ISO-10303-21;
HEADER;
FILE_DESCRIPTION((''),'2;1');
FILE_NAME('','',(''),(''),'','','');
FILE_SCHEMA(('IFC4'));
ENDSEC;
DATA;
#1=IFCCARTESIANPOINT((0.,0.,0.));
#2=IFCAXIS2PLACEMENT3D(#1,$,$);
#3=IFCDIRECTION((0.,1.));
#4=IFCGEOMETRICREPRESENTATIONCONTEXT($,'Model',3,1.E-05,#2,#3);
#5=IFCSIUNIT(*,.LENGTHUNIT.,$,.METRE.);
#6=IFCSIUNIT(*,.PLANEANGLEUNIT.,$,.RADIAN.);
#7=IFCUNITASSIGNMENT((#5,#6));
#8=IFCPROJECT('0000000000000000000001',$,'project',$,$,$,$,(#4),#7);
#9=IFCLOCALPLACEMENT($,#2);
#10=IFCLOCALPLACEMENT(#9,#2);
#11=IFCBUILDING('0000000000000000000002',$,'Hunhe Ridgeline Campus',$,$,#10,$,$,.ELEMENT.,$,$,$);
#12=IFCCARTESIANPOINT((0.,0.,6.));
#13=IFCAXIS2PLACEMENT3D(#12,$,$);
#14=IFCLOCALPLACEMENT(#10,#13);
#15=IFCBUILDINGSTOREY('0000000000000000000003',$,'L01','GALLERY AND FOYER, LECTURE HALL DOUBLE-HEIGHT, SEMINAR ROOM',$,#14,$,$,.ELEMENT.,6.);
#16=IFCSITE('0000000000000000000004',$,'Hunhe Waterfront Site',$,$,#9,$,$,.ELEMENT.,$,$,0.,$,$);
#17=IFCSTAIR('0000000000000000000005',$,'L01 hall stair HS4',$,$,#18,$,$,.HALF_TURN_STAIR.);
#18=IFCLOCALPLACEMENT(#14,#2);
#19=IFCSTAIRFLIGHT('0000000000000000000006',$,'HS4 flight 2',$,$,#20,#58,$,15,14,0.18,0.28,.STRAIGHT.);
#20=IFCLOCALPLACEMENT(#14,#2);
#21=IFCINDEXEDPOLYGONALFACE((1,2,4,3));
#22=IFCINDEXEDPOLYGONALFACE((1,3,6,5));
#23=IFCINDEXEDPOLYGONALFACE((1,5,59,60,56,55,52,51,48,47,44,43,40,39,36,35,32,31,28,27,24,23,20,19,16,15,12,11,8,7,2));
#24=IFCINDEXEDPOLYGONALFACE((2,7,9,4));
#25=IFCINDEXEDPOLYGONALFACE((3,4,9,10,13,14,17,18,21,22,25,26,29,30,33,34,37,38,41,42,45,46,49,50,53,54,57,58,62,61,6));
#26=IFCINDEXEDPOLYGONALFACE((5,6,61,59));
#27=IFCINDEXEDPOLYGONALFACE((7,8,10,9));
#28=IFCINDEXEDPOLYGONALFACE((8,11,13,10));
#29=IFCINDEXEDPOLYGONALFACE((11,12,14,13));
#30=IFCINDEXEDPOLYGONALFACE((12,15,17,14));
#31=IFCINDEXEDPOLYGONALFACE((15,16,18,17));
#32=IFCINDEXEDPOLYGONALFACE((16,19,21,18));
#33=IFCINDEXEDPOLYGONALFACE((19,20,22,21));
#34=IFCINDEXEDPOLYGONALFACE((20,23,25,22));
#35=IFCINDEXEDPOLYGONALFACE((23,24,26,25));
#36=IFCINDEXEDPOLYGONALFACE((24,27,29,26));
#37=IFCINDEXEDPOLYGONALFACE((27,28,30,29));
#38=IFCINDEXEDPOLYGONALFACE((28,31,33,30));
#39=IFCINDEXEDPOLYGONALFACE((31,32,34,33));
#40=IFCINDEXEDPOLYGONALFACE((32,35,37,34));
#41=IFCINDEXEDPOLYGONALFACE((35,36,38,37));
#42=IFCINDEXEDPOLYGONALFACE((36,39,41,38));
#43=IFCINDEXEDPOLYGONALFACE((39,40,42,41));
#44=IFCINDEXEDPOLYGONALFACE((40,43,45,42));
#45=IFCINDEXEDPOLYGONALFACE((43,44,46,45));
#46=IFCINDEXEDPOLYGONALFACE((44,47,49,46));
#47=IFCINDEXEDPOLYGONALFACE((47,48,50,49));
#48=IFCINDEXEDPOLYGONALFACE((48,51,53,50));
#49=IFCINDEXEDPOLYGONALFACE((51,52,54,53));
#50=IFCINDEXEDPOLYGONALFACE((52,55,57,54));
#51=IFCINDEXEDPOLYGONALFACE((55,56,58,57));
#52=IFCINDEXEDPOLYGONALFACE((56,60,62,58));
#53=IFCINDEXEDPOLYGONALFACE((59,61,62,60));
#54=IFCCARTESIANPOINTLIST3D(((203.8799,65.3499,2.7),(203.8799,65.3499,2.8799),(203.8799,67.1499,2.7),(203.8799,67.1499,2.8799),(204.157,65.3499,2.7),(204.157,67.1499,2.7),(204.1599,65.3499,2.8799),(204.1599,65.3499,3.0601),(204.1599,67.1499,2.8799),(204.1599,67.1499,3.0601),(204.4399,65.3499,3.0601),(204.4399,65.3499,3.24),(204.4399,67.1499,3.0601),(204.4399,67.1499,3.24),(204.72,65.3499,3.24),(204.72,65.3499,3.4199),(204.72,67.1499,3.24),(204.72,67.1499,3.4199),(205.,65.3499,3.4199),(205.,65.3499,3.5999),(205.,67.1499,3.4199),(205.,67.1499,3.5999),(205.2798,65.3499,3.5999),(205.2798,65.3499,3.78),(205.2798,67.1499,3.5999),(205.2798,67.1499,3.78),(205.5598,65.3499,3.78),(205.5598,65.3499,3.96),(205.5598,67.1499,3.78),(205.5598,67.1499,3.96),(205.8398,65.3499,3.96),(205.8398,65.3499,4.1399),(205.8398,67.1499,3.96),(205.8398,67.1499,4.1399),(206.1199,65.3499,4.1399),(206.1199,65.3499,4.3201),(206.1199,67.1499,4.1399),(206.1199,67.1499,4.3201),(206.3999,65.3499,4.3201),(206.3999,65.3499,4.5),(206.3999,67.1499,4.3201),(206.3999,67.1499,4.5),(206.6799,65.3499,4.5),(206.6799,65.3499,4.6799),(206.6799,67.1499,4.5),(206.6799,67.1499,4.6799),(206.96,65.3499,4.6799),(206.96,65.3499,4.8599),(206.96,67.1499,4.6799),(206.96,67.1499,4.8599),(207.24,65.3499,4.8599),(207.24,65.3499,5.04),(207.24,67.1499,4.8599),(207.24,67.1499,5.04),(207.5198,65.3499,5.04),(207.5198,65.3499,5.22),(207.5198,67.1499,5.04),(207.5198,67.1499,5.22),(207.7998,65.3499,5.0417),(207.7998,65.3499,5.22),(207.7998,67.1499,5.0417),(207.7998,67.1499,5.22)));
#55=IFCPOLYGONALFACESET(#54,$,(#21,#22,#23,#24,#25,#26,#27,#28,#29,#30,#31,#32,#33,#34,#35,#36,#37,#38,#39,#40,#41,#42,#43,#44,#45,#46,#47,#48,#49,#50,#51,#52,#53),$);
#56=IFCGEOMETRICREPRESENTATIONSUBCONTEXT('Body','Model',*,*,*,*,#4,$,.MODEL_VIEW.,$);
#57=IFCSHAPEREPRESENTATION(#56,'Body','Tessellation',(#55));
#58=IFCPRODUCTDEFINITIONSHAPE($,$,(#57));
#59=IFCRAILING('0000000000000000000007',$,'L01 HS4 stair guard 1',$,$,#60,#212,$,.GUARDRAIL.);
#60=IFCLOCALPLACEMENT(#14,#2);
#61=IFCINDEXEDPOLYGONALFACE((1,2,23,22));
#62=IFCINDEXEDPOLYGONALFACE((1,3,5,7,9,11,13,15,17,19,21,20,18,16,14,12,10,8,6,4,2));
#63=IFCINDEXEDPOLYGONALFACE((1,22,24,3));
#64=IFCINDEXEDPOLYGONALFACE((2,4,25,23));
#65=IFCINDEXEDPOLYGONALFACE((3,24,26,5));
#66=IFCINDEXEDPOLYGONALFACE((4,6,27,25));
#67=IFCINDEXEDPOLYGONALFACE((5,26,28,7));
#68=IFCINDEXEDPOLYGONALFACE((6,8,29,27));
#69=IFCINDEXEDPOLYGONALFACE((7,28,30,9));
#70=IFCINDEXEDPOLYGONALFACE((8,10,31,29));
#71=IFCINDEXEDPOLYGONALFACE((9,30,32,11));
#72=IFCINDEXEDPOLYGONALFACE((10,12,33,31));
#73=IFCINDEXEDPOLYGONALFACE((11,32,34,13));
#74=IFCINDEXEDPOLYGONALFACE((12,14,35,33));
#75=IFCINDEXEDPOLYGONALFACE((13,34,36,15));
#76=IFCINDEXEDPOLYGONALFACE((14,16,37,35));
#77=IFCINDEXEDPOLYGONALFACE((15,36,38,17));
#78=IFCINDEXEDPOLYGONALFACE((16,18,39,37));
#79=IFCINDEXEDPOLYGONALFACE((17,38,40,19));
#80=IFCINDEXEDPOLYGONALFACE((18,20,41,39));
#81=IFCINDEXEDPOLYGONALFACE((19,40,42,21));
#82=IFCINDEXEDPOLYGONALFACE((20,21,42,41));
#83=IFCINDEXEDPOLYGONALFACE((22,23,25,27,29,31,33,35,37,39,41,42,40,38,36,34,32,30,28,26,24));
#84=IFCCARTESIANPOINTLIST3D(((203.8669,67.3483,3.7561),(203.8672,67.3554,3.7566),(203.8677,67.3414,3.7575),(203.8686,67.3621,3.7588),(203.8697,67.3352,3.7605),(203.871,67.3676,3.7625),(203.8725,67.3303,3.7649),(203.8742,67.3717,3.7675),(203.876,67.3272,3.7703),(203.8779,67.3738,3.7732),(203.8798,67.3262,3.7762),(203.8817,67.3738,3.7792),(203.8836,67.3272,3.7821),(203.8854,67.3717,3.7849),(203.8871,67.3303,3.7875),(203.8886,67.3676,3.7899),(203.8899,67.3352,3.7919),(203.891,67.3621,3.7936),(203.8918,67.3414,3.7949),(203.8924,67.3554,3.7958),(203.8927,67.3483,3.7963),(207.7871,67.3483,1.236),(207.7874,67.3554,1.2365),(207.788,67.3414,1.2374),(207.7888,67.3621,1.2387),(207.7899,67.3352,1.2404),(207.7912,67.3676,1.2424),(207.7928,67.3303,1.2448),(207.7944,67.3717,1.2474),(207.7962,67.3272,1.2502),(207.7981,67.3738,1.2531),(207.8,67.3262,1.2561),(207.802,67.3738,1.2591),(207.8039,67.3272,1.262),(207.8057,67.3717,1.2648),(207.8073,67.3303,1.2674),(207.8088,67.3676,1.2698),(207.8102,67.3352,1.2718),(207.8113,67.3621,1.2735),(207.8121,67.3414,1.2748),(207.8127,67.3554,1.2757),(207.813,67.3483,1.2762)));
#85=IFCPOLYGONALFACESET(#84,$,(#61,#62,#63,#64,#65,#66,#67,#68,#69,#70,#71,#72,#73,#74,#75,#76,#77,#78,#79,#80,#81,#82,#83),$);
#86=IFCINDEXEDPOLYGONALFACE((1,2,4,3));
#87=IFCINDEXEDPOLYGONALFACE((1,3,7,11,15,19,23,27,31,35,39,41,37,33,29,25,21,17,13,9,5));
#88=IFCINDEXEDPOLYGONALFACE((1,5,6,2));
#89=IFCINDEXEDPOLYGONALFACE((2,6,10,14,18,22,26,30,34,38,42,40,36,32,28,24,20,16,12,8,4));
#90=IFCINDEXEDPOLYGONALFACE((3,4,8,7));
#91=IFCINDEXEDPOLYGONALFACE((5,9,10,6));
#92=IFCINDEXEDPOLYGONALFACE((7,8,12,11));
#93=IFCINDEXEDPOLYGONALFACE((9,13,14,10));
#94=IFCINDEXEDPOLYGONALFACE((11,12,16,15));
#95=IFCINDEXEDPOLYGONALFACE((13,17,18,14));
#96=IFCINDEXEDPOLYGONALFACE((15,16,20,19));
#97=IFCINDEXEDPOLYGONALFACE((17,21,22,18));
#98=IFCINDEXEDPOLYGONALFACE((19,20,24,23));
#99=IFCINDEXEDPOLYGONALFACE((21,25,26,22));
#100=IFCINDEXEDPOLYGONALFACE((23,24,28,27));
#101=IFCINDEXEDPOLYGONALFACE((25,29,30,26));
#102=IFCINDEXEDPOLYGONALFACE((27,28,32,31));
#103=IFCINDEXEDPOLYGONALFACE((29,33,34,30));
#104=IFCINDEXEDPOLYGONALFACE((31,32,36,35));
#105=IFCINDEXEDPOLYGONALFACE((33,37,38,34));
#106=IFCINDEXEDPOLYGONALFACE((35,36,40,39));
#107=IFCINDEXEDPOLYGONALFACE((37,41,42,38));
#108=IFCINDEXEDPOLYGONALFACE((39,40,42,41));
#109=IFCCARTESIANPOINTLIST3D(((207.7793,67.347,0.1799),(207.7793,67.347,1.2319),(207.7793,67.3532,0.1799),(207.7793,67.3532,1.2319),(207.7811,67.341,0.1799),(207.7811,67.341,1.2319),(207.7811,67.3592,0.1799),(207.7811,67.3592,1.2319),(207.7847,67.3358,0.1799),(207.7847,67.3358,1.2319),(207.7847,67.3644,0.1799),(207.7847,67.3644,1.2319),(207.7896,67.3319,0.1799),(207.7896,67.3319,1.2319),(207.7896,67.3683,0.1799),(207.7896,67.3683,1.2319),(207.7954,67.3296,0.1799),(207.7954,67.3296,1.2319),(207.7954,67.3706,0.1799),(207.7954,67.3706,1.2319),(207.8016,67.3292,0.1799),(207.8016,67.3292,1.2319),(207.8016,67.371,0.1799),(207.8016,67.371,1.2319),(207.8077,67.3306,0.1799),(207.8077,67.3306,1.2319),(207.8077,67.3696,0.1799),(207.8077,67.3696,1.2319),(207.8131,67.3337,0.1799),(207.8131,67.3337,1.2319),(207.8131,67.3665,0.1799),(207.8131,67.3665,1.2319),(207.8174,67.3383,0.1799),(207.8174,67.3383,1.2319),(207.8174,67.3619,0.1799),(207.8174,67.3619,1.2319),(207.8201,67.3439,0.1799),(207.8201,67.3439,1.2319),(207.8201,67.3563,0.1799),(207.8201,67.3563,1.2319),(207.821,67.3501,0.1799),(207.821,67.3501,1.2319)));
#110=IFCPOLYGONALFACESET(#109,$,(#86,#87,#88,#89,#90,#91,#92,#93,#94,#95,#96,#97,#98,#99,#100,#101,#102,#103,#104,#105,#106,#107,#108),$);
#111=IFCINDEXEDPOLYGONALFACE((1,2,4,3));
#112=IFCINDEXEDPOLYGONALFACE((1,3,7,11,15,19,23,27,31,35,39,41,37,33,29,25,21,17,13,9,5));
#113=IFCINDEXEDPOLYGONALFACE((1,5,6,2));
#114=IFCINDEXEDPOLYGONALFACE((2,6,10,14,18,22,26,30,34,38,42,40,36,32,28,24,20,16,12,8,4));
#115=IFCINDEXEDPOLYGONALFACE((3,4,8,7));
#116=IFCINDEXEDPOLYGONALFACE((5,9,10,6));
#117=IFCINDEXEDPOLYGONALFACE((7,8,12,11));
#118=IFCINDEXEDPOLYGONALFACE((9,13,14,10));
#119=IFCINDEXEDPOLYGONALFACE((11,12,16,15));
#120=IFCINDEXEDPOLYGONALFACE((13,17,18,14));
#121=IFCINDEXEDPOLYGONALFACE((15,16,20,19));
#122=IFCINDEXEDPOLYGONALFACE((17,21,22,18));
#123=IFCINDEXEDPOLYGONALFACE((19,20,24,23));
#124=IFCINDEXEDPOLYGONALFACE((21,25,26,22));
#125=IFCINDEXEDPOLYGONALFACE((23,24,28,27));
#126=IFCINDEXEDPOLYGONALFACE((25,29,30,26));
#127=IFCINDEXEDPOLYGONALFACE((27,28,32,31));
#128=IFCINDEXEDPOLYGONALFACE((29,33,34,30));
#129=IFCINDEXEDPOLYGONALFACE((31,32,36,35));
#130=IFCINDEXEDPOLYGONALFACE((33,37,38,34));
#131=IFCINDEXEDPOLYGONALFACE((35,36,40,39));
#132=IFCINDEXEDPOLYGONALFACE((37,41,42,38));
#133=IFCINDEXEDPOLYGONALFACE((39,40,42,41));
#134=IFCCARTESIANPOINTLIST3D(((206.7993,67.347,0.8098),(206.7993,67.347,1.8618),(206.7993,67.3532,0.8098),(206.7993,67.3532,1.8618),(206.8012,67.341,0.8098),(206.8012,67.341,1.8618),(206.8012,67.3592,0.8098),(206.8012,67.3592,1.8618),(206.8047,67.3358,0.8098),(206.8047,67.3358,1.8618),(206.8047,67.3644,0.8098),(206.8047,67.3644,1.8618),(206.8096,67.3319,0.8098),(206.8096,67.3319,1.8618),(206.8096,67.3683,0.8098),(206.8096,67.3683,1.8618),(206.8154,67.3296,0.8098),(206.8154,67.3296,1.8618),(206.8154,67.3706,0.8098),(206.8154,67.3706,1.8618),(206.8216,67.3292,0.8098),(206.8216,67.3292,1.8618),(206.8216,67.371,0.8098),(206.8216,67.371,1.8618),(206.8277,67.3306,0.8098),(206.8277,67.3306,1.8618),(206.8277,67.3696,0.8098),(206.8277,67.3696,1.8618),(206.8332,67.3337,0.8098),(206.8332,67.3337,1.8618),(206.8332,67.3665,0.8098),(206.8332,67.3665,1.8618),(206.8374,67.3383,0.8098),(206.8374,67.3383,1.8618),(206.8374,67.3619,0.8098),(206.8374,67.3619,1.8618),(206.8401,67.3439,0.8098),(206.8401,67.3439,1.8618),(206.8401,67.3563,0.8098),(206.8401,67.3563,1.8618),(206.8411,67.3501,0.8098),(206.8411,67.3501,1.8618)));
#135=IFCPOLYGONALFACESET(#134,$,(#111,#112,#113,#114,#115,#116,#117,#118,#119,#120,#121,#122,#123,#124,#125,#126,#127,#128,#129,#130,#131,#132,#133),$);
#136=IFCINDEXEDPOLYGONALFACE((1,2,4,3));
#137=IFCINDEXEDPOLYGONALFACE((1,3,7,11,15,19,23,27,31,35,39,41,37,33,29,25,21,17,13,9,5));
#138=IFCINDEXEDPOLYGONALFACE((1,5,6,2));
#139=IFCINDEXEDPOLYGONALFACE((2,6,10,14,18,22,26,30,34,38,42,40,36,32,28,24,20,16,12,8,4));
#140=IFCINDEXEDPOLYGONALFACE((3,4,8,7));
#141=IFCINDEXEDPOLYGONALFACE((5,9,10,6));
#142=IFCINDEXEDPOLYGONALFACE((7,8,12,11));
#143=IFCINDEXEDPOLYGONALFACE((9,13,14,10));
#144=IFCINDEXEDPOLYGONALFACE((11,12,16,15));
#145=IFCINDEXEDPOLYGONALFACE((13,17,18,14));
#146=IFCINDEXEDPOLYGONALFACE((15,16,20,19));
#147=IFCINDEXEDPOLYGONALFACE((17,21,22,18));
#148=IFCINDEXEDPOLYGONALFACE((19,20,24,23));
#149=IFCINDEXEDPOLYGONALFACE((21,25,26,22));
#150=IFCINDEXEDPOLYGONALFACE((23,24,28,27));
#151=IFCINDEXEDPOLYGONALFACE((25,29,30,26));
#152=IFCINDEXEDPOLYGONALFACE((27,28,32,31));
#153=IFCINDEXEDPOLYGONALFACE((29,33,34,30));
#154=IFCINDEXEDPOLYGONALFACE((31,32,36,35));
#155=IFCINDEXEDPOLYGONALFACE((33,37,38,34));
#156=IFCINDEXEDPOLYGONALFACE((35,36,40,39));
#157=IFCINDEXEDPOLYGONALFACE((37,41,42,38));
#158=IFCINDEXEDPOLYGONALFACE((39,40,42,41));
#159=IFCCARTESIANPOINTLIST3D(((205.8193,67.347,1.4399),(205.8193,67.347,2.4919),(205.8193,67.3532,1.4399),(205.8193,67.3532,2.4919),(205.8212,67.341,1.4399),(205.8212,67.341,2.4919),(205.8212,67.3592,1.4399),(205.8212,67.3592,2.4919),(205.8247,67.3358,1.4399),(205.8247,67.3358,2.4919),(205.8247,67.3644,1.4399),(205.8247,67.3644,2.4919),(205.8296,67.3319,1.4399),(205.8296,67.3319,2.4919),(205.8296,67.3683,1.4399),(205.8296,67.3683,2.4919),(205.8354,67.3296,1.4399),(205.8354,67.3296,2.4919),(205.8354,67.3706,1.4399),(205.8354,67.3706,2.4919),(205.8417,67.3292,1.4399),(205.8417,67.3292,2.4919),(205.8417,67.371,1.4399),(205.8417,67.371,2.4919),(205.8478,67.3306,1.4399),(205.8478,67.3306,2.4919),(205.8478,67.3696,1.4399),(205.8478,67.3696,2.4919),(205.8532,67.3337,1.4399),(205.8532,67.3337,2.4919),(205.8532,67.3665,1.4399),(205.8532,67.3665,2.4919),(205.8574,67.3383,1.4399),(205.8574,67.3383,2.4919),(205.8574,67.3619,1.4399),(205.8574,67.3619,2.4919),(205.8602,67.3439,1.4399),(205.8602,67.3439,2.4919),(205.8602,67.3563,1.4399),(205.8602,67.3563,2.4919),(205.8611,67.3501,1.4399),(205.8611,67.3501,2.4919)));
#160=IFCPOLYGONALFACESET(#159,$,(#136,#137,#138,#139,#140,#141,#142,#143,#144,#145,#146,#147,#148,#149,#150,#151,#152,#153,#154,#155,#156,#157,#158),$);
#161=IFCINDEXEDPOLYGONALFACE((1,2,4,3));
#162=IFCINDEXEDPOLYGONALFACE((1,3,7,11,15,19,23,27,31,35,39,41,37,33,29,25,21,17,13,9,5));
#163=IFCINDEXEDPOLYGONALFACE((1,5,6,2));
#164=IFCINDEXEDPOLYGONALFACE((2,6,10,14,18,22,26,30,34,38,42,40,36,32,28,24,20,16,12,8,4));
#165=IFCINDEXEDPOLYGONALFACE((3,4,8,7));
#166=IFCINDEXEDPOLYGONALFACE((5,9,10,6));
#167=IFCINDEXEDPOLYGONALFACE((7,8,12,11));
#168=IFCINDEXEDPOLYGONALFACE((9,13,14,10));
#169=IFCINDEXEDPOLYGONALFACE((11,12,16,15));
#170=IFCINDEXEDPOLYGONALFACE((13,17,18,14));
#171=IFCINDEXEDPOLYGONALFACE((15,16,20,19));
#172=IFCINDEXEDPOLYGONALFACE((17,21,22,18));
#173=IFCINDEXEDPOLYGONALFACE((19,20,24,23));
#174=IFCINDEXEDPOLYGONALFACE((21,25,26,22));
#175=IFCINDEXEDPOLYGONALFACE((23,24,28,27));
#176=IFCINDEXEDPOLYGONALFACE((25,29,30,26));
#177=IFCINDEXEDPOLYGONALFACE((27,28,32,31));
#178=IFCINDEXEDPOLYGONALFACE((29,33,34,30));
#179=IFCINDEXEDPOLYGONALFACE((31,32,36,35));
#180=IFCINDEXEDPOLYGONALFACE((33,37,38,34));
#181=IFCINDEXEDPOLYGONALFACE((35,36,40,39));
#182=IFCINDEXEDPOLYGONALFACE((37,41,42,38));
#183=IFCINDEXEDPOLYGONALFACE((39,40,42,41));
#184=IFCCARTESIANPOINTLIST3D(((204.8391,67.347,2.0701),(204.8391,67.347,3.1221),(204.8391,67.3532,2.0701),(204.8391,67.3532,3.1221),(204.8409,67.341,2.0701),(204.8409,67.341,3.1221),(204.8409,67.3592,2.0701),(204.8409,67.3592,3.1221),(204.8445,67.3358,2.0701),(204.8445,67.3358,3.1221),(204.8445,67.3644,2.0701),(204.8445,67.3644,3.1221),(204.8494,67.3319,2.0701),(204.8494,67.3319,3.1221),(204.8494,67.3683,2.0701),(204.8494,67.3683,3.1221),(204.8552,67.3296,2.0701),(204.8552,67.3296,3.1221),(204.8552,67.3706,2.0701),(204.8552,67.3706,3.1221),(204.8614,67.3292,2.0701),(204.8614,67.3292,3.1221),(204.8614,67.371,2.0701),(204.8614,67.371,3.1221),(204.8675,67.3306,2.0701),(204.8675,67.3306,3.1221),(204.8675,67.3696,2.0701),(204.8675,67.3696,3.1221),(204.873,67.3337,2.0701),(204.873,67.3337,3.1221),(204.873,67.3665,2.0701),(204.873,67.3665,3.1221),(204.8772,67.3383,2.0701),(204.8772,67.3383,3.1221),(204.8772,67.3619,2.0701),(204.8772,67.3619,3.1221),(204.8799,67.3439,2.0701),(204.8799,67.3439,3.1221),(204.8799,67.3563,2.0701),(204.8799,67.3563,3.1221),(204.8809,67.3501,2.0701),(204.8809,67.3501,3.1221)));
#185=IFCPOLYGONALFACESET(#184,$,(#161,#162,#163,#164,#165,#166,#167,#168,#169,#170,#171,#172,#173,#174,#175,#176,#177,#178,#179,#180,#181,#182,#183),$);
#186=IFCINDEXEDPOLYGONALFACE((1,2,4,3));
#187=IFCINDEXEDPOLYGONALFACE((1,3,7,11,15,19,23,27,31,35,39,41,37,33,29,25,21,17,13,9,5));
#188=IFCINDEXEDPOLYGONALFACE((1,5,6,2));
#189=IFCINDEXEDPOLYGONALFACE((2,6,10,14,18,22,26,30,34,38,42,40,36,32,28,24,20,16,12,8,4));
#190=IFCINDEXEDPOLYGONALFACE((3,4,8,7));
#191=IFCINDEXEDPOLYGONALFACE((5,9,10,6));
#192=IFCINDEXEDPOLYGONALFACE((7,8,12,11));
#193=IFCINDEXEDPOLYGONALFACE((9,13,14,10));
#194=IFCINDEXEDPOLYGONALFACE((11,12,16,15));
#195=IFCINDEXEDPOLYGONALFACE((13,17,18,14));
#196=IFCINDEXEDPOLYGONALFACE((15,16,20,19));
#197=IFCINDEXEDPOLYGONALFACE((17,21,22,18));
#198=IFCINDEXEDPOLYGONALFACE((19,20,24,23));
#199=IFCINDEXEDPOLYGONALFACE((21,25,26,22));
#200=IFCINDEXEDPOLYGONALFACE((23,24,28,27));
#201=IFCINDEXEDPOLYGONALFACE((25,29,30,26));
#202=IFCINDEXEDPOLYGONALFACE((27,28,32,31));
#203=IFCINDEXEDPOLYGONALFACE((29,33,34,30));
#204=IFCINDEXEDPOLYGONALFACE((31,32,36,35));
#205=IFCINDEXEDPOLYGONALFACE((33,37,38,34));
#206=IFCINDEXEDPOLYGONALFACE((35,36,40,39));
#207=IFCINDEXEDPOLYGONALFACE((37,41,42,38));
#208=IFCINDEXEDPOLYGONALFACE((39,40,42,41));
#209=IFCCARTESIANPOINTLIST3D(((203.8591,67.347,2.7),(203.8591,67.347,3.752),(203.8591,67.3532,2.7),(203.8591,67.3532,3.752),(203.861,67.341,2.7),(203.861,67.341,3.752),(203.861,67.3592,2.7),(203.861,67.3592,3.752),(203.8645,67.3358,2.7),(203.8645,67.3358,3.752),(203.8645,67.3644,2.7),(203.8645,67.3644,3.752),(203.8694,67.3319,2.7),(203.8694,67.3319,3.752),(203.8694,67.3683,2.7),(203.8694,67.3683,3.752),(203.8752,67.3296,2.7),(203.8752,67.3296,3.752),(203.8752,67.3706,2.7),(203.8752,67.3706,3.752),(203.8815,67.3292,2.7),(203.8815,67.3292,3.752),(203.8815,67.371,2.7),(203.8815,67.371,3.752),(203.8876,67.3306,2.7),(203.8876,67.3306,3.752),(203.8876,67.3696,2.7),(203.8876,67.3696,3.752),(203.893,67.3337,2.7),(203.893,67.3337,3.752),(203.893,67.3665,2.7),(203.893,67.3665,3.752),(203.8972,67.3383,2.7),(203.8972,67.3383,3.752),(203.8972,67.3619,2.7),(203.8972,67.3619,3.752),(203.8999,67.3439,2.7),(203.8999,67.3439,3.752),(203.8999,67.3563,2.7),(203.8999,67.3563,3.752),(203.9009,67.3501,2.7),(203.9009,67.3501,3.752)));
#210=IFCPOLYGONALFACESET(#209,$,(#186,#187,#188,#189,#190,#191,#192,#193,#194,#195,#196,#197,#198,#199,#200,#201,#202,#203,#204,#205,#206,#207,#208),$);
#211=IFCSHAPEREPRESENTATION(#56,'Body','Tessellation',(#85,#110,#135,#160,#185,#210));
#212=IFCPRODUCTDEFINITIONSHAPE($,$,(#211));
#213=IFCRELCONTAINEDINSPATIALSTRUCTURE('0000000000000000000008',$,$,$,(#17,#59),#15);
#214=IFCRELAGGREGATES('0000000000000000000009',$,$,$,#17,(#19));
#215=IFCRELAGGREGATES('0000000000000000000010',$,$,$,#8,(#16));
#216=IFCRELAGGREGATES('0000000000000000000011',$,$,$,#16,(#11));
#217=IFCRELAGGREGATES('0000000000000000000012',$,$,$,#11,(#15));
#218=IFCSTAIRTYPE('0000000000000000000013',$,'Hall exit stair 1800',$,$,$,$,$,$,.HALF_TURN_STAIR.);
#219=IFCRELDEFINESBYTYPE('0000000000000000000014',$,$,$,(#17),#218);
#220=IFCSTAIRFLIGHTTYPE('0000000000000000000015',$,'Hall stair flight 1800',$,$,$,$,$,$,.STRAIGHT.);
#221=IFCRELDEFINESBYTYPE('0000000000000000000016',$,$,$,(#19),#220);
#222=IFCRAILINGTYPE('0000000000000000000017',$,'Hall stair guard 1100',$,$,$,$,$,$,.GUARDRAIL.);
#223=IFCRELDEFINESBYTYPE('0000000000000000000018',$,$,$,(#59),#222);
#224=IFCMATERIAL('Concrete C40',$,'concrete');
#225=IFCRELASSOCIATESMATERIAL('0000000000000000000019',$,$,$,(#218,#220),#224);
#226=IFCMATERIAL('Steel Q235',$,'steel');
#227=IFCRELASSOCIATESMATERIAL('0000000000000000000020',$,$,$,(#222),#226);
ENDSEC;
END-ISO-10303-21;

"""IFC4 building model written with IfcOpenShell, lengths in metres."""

from ifc_helpers import new_model, si_unit, direction, frame, origin, origin_2d, place, context, subcontext, project, spatial, polyline, circle, outline, extrude, material, type_object, element, aggregate, save


model = new_model("IFC4")

# Units and contexts
model_context = context("Model", 3, precision=1e-05, world=origin(), true_north=direction((0.0, 1.0)))
body_context = subcontext(model_context, "Body", "Model", "MODEL_VIEW")
ifc_project = project(units=[si_unit("LENGTHUNIT", "METRE"), si_unit("PLANEANGLEUNIT", "RADIAN")], contexts=[model_context])

# Site, building, storey
site_placement = place(None, origin())
site = spatial("IfcSite", under=ifc_project, at=site_placement, Name="Hunhe Waterfront Site", CompositionType="ELEMENT", RefElevation=0.0)
building_placement = place(site_placement, origin())
building = spatial("IfcBuilding", under=site, at=building_placement, Name="Hunhe Ridgeline Campus", CompositionType="ELEMENT")
storey_placement = place(building_placement, frame((0.0, 0.0, 6.0)))
storey = spatial("IfcBuildingStorey", under=building, at=storey_placement, Name="L01", Description="GALLERY AND FOYER, LECTURE HALL DOUBLE-HEIGHT, SEMINAR ROOM", CompositionType="ELEMENT", Elevation=6.0)

# Shared definitions
ifc_material_1 = material(Name="Concrete C40", Category="concrete")

# Shared definitions
ifc_material_2 = material(Name="Steel Q235", Category="steel")

# Stair, stair flight
stair_type = type_object("IfcStairType", Name="Hall exit stair 1800", PredefinedType="HALF_TURN_STAIR", material=ifc_material_1)
stair_placement = place(storey_placement, origin())
stair = element("IfcStair", 1, at=stair_placement, inside=storey, type_object=stair_type, Name="L01 hall stair HS4", PredefinedType="HALF_TURN_STAIR")
stair_flight_type = type_object("IfcStairFlightType", Name="Hall stair flight 1800", PredefinedType="STRAIGHT", material=ifc_material_1)
stair_flight_1_placement = place(storey_placement, frame((203.8799, 66.25, 2.7), z_axis=(0.0, 0.0, 1.0), x_axis=(1.0, 0.0, 0.0)))
stair_flight_1 = element("IfcStairFlight", 2, at=stair_flight_1_placement, type_object=stair_flight_type, Name="HS4 flight 2", NumberOfRisers=15, NumberOfTreads=14, PredefinedType="STRAIGHT", RiserHeight=0.18, TreadLength=0.28, context=body_context, shape_type="SweptSolid", body=[
    extrude(outline(polyline([(0.0, 0.0), (0.0, 0.1799), (0.28, 0.1799), (0.28, 0.3601), (0.5601, 0.3601), (0.5601, 0.54), (0.8401, 0.54), (0.8401, 0.72), (1.1201, 0.72), (1.1201, 0.8999), (1.3999, 0.8999), (1.3999, 1.0801), (1.6799, 1.0801), (1.6799, 1.26), (1.96, 1.26), (1.96, 1.4399), (2.24, 1.4399), (2.24, 1.6201), (2.52, 1.6201), (2.52, 1.8), (2.8, 1.8), (2.8, 1.98), (3.0801, 1.98), (3.0801, 2.1599), (3.3601, 2.1599), (3.3601, 2.3401), (3.6399, 2.3401), (3.6399, 2.52), (3.9199, 2.52), (3.9199, 2.7), (3.9199, 2.3418), (0.2771, 0.0), (0.0, 0.0)])), frame((0.0, 0.8999, 0.0), z_axis=(0.0, -1.0, 0.0), x_axis=(1.0, 0.0, 0.0)), (0.0, 0.0, 1.0), 1.8),
])
aggregate(stair, [stair_flight_1])

# Railing
railing_type_1 = type_object("IfcRailingType", Name="Hall stair guard 1100", PredefinedType="GUARDRAIL", material=ifc_material_2)
railing_1_placement = place(storey_placement, frame((207.8, 67.3501, 0.1799)))
element("IfcRailing", 3, at=railing_1_placement, inside=storey, type_object=railing_type_1, Name="L01 HS4 stair guard 1", PredefinedType="GUARDRAIL", context=body_context, shape_type="SweptSolid", body=[
    extrude(circle(Radius=0.0239, at=origin_2d()), frame((0.0, 0.0, 1.0762), z_axis=(-0.841187, 0.0, 0.540744), x_axis=(0.0, -1.0, 0.0)), (0.0, 0.0, 1.0), 4.6604),
    extrude(circle(Radius=0.021, at=origin_2d()), origin(), (0.0, 0.0, 1.0), 1.052),
    extrude(circle(Radius=0.021, at=origin_2d()), frame((-0.98, 0.0, 0.6299)), (0.0, 0.0, 1.0), 1.052),
    extrude(circle(Radius=0.021, at=origin_2d()), frame((-1.96, 0.0, 1.26)), (0.0, 0.0, 1.0), 1.052),
    extrude(circle(Radius=0.021, at=origin_2d()), frame((-2.9402, 0.0, 1.8901)), (0.0, 0.0, 1.0), 1.052),
    extrude(circle(Radius=0.021, at=origin_2d()), frame((-3.9202, 0.0, 2.52)), (0.0, 0.0, 1.0), 1.052),
])

save(model, "model.ifc")
